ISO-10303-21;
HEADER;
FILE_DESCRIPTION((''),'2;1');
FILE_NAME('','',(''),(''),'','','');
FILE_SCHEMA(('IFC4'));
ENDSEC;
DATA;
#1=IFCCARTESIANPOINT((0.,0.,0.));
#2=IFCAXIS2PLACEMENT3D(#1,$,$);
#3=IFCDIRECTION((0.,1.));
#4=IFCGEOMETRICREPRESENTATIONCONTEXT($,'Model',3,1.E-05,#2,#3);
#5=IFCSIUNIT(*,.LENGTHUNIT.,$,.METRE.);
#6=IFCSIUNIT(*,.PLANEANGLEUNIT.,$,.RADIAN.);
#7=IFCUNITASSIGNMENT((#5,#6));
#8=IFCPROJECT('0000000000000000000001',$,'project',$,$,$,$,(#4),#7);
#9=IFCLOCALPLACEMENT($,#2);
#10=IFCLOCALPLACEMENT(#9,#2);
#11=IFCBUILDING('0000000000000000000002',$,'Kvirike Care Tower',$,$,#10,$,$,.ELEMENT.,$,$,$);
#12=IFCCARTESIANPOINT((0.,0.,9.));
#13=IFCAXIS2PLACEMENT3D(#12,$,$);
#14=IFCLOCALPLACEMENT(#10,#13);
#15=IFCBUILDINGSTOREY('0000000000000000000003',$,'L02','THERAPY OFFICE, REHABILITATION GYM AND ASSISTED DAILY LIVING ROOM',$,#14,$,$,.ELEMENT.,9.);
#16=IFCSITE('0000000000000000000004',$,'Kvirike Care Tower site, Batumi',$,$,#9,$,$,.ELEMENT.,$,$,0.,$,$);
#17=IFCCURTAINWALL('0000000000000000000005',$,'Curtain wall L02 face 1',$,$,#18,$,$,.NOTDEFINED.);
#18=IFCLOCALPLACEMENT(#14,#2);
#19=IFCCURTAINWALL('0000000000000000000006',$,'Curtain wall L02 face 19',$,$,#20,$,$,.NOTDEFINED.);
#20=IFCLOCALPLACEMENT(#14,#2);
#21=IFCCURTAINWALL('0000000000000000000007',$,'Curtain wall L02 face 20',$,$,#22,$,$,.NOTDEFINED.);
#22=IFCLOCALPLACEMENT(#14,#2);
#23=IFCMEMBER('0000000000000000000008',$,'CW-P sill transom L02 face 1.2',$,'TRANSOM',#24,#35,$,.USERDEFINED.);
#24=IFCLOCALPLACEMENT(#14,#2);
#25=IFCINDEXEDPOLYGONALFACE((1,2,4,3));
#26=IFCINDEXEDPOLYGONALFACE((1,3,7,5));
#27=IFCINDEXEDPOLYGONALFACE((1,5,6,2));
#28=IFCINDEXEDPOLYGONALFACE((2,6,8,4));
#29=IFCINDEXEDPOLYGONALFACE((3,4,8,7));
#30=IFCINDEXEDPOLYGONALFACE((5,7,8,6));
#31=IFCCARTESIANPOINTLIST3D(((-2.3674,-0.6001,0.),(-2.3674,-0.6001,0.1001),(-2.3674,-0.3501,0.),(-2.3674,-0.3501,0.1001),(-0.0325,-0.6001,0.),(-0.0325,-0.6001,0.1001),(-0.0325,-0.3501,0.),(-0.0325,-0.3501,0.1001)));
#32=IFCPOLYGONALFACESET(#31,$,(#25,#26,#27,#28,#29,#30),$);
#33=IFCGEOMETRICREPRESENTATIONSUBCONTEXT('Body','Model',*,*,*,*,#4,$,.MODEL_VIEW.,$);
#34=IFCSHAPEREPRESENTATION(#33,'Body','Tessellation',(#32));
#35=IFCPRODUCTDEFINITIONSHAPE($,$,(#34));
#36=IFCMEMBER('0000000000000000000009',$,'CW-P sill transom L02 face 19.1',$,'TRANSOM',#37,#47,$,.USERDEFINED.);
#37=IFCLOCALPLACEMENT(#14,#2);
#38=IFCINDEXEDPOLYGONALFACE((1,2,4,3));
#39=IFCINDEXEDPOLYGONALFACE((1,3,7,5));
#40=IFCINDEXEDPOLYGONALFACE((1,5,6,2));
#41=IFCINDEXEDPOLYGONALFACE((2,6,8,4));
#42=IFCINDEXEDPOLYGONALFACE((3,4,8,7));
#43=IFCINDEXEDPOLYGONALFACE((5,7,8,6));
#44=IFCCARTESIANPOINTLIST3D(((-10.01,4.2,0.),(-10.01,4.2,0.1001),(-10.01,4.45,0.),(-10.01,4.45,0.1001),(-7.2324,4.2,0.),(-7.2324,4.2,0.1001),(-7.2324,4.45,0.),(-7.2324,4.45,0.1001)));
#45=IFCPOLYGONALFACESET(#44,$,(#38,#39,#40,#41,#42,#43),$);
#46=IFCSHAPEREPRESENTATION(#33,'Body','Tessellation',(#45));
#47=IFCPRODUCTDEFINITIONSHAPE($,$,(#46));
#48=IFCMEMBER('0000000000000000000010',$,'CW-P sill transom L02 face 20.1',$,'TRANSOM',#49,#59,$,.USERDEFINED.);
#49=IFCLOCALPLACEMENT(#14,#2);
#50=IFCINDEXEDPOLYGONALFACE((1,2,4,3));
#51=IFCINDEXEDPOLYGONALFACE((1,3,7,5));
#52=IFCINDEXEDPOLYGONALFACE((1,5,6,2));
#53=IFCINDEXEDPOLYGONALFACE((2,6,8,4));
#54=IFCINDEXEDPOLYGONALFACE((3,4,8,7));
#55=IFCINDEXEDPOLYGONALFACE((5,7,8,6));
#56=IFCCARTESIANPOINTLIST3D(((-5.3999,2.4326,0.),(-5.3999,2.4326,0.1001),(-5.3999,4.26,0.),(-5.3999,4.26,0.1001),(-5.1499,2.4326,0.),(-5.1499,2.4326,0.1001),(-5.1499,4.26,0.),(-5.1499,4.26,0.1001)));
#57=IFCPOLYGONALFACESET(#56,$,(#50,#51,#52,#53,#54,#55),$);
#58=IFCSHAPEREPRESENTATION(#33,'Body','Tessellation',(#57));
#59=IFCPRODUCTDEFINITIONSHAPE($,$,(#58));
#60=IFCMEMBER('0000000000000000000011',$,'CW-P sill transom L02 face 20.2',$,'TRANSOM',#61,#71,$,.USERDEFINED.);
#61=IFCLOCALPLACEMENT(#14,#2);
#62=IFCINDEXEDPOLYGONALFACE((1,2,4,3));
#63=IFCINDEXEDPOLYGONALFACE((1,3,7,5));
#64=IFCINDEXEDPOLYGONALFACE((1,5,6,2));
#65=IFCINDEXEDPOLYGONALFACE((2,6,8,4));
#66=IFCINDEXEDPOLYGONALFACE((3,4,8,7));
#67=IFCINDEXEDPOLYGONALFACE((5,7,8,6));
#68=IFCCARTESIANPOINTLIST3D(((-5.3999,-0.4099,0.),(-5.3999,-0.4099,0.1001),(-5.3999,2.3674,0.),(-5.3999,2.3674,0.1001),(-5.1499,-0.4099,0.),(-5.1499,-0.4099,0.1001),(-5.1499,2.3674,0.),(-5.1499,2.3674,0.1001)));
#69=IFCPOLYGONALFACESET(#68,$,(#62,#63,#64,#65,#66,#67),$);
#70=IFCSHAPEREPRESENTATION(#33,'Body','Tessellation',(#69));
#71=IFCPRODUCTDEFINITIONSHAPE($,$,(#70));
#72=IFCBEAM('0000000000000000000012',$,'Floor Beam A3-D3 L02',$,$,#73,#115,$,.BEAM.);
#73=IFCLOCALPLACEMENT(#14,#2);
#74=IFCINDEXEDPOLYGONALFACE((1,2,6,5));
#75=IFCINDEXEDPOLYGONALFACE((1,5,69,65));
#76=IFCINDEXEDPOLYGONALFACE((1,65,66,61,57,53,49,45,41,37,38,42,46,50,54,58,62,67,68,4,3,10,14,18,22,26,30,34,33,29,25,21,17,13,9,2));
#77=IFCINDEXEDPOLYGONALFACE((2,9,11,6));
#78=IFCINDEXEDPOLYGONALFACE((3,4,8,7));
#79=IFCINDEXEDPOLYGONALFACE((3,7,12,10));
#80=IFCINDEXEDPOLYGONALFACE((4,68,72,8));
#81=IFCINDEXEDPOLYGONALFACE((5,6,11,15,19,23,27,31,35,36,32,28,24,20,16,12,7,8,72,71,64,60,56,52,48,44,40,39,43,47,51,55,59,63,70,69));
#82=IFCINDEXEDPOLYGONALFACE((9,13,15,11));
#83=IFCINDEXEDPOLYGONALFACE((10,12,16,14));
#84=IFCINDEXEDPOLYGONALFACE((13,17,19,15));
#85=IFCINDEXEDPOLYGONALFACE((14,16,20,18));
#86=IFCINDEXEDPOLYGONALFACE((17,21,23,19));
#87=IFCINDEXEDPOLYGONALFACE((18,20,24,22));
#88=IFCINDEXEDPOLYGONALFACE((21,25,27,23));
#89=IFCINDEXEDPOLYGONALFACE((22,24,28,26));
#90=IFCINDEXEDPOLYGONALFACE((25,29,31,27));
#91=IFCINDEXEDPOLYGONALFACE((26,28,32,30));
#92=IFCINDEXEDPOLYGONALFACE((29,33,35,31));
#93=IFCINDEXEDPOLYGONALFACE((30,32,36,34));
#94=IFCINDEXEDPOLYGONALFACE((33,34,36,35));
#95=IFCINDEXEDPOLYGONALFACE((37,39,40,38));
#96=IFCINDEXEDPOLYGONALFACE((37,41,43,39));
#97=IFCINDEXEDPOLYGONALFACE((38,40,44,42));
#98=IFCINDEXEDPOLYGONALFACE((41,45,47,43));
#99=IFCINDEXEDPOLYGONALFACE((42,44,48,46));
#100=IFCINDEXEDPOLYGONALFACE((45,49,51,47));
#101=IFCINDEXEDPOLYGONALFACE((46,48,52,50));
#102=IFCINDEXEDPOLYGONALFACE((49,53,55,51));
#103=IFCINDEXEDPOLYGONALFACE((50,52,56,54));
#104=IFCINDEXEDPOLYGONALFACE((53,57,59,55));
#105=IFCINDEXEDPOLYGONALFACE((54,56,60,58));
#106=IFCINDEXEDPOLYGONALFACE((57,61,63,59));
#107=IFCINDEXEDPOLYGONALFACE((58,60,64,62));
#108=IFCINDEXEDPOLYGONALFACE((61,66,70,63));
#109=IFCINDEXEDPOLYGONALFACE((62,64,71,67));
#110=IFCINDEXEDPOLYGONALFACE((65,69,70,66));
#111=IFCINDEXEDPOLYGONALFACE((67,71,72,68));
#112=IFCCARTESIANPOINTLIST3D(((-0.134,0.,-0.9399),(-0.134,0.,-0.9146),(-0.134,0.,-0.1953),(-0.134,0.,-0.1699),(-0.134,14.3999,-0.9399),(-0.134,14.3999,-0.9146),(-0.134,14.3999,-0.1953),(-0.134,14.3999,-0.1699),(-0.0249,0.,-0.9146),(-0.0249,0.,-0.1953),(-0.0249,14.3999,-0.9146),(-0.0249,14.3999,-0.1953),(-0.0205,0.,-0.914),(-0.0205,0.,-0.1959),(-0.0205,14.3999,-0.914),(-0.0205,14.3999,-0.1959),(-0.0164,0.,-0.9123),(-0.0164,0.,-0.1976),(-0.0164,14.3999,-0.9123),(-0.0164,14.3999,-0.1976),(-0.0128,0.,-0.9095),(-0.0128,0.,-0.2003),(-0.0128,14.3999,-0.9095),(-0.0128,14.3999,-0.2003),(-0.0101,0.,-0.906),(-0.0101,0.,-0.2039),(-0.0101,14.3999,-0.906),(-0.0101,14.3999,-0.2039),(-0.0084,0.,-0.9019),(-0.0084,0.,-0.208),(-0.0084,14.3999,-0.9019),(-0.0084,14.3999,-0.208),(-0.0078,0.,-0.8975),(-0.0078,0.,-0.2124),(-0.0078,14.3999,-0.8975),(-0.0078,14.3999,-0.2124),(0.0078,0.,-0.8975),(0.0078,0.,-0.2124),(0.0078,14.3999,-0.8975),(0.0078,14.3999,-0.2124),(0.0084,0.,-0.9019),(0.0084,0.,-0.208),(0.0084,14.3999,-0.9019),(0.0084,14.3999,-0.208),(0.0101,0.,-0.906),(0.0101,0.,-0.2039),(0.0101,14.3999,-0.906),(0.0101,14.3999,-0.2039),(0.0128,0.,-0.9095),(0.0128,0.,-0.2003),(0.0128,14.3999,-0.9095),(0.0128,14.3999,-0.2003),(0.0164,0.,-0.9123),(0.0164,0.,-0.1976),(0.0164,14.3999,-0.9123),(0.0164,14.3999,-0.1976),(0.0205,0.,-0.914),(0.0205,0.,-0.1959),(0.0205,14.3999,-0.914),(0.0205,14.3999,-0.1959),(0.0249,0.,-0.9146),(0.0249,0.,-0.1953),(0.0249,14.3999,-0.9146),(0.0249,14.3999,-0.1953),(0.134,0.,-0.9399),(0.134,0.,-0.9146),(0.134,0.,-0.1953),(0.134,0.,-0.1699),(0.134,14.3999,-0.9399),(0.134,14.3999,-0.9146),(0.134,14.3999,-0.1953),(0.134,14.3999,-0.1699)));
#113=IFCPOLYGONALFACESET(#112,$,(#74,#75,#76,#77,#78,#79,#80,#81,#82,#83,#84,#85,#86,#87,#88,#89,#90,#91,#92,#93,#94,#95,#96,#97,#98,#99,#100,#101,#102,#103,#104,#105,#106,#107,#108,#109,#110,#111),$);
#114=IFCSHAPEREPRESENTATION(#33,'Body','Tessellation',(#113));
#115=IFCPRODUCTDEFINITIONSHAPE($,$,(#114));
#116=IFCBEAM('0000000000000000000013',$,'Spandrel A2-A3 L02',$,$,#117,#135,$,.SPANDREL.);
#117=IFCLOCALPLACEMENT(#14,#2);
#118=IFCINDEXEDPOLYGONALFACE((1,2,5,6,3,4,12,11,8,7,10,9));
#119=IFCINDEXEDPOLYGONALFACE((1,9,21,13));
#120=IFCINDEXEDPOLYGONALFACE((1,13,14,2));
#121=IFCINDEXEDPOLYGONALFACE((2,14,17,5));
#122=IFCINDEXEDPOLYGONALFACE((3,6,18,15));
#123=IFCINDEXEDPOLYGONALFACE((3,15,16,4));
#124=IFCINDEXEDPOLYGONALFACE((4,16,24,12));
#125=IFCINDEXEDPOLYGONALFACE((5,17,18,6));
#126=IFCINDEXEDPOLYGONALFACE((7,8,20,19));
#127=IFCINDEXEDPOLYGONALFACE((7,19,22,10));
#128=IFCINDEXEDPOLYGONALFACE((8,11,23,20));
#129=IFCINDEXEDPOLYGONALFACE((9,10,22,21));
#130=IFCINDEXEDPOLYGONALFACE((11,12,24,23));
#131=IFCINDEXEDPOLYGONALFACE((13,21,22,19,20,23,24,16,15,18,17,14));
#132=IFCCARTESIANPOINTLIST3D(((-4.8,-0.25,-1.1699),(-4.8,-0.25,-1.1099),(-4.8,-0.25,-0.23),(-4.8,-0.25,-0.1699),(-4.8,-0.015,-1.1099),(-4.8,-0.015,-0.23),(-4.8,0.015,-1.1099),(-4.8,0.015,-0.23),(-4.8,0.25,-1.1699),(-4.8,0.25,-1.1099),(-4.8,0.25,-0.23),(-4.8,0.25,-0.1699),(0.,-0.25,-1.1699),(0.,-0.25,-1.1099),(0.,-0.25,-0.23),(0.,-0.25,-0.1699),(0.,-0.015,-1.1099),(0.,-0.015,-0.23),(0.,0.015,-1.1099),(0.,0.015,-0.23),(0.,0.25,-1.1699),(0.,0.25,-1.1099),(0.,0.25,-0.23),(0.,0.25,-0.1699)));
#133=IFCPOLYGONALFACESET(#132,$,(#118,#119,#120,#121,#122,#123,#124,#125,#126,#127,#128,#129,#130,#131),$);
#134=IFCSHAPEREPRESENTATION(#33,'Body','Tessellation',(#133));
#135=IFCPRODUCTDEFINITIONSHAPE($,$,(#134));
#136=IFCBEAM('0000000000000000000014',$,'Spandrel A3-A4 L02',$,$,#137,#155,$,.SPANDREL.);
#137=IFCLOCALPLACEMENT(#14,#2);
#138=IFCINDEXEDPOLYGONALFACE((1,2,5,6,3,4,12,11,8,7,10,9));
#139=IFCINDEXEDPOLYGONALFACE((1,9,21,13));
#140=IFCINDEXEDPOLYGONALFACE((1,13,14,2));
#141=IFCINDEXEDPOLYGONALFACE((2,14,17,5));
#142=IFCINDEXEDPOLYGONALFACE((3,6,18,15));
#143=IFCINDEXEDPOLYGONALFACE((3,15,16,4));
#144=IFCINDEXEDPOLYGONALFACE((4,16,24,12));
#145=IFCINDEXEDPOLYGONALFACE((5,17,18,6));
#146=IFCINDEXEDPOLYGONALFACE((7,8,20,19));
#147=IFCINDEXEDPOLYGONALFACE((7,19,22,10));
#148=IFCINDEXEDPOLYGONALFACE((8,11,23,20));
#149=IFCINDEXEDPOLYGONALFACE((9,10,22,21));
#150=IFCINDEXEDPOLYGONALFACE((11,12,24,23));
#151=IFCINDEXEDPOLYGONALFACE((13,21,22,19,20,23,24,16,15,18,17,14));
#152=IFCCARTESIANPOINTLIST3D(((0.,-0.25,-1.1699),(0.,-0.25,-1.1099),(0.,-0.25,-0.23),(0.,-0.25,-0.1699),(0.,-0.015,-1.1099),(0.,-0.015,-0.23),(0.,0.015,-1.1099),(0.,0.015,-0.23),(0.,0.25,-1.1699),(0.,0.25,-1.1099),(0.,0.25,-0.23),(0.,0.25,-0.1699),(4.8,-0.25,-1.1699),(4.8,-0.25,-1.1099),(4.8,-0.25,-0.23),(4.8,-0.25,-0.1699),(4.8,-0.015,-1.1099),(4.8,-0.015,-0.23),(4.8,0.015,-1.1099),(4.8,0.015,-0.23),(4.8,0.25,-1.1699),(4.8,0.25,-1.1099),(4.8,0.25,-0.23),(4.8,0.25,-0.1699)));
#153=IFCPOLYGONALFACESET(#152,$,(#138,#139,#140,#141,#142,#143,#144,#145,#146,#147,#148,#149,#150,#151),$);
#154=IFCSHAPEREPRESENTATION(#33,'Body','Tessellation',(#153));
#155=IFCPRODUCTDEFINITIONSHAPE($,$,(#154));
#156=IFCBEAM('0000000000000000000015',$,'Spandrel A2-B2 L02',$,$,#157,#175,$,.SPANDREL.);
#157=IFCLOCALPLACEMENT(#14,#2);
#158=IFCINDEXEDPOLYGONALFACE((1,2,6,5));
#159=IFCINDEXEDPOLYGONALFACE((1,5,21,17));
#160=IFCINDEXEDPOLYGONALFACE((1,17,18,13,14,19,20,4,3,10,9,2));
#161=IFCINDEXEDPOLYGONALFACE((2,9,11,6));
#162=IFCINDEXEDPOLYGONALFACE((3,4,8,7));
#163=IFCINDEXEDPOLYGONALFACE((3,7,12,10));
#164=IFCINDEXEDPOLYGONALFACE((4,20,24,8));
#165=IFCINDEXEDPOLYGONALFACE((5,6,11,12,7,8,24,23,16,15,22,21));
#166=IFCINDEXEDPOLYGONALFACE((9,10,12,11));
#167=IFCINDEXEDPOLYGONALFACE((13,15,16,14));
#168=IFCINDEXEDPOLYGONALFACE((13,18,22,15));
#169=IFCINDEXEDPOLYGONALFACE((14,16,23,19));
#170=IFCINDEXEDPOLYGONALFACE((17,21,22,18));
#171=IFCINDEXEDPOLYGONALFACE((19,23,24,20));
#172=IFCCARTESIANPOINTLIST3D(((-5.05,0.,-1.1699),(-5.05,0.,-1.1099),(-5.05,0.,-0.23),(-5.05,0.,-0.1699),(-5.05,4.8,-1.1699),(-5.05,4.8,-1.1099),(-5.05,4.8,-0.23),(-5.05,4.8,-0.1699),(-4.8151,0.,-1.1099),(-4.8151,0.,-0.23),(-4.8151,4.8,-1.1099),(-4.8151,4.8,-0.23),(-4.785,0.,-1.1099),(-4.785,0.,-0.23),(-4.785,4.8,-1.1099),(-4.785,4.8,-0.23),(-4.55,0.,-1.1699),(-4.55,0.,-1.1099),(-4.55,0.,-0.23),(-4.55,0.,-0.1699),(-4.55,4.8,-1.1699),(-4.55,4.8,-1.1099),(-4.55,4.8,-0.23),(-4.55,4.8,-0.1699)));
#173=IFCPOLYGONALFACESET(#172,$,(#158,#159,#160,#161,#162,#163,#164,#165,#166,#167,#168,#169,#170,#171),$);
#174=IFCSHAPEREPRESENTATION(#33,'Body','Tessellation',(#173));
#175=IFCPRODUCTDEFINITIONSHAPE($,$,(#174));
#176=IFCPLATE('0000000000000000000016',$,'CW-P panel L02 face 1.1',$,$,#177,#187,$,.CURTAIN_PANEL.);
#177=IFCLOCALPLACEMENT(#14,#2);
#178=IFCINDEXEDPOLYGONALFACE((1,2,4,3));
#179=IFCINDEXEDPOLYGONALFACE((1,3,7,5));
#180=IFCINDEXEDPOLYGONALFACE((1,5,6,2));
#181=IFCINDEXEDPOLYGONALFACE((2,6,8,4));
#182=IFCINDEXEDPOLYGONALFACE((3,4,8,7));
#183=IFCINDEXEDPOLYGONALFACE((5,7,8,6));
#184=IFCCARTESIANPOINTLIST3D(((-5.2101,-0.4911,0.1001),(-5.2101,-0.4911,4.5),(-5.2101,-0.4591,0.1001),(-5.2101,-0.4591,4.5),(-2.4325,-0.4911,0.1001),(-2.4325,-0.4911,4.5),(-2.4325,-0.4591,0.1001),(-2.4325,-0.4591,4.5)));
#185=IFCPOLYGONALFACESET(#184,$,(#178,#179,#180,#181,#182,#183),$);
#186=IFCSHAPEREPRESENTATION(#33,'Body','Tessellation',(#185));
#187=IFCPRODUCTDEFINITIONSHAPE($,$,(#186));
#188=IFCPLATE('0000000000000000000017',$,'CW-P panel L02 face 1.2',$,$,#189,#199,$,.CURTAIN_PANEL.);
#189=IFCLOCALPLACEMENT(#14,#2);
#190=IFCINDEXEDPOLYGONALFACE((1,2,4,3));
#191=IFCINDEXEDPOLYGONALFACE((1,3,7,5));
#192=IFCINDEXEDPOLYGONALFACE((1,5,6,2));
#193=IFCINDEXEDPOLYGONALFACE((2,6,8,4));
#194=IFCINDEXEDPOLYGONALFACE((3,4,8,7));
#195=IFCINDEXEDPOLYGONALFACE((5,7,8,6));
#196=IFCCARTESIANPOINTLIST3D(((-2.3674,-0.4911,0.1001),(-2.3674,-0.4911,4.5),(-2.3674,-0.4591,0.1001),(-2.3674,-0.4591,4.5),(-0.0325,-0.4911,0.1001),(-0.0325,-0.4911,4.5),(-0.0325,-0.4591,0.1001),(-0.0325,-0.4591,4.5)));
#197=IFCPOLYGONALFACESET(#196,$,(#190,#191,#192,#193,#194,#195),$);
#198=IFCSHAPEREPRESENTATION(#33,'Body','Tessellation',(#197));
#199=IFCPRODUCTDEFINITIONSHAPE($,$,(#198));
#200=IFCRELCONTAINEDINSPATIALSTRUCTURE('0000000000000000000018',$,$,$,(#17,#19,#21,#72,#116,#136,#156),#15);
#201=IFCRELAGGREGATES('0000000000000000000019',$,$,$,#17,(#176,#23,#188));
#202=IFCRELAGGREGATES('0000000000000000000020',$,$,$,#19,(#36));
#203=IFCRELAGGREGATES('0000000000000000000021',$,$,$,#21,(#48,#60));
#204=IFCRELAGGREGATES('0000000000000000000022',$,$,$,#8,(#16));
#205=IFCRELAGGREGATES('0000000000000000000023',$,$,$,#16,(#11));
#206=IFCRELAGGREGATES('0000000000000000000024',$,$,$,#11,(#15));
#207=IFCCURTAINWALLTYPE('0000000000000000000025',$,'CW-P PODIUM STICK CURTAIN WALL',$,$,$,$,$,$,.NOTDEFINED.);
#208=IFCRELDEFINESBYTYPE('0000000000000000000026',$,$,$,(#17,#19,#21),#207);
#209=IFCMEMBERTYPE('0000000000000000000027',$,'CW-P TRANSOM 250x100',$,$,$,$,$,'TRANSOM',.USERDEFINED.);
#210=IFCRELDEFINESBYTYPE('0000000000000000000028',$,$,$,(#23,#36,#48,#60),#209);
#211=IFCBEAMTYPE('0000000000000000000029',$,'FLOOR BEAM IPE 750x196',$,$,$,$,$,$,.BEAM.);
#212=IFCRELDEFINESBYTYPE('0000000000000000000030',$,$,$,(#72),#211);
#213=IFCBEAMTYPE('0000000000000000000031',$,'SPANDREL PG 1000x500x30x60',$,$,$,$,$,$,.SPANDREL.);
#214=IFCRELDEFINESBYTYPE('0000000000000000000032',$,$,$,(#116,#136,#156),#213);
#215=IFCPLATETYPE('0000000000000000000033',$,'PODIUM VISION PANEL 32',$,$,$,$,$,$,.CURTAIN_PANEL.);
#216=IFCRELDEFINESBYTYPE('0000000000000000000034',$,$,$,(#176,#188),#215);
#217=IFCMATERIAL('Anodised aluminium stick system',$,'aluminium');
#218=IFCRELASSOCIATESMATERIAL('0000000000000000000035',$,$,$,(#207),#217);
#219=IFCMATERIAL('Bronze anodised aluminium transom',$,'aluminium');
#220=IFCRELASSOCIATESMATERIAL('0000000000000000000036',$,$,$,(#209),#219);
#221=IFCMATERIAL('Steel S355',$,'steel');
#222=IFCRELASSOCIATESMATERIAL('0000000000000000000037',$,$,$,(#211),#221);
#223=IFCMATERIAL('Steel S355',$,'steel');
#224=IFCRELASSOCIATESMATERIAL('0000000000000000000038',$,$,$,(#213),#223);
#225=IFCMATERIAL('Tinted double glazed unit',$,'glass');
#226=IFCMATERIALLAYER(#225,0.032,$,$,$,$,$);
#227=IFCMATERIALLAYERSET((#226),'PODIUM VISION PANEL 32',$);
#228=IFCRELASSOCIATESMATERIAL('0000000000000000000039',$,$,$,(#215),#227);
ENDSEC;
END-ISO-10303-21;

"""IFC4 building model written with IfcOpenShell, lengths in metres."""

from ifc_helpers import new_model, si_unit, direction, frame, origin, origin_2d, place, context, subcontext, project, spatial, rectangle, i_section, extrude, material, layer, layer_set, material_profile, profile_set, type_object, element, aggregate, save


model = new_model("IFC4")

# Units and contexts
model_context = context("Model", 3, precision=1e-05, world=origin(), true_north=direction((0.0, 1.0)))
body_context = subcontext(model_context, "Body", "Model", "MODEL_VIEW")
ifc_project = project(units=[si_unit("LENGTHUNIT", "METRE"), si_unit("PLANEANGLEUNIT", "RADIAN")], contexts=[model_context])

# Site, building, storey
site_placement = place(None, origin())
site = spatial("IfcSite", under=ifc_project, at=site_placement, Name="Kvirike Care Tower site, Batumi", CompositionType="ELEMENT", RefElevation=0.0)
building_placement = place(site_placement, origin())
building = spatial("IfcBuilding", under=site, at=building_placement, Name="Kvirike Care Tower", CompositionType="ELEMENT")
storey_placement = place(building_placement, frame((0.0, 0.0, 9.0)))
storey = spatial("IfcBuildingStorey", under=building, at=storey_placement, Name="L02", Description="THERAPY OFFICE, REHABILITATION GYM AND ASSISTED DAILY LIVING ROOM", CompositionType="ELEMENT", Elevation=9.0)

# Curtain walls
ifc_material_1 = material(Name="Anodised aluminium stick system", Category="aluminium")
curtain_wall_type = type_object("IfcCurtainWallType", Name="CW-P PODIUM STICK CURTAIN WALL", PredefinedType="NOTDEFINED", material=ifc_material_1)
curtain_wall_1_placement = place(storey_placement, origin())
curtain_wall_1 = element("IfcCurtainWall", 1, at=curtain_wall_1_placement, inside=storey, type_object=curtain_wall_type, Name="Curtain wall L02 face 1", PredefinedType="NOTDEFINED")
curtain_wall_2_placement = place(storey_placement, origin())
curtain_wall_2 = element("IfcCurtainWall", 2, at=curtain_wall_2_placement, inside=storey, type_object=curtain_wall_type, Name="Curtain wall L02 face 19", PredefinedType="NOTDEFINED")
curtain_wall_3_placement = place(storey_placement, origin())
curtain_wall_3 = element("IfcCurtainWall", 3, at=curtain_wall_3_placement, inside=storey, type_object=curtain_wall_type, Name="Curtain wall L02 face 20", PredefinedType="NOTDEFINED")

# Members
ifc_material_2 = material(Name="Bronze anodised aluminium transom", Category="aluminium")
ifc_material_profile_1 = material_profile(ifc_material_2, rectangle(XDim=0.25, YDim=0.1001, at=origin_2d()), Name="CW-P TRANSOM 250x100")
ifc_profile_set_1 = profile_set([ifc_material_profile_1], Name="Bronze anodised aluminium transom")
member_type_1 = type_object("IfcMemberType", Name="CW-P TRANSOM 250x100", ElementType="TRANSOM", PredefinedType="USERDEFINED", material=ifc_profile_set_1)
member_1_placement = place(storey_placement, frame((-2.3674, -0.4751, 0.05), z_axis=(1.0, 0.0, 0.0), x_axis=(0.0, 1.0, 0.0)))
member_1 = element("IfcMember", 4, at=member_1_placement, type_object=member_type_1, Name="CW-P sill transom L02 face 1.2", ObjectType="TRANSOM", PredefinedType="USERDEFINED", context=body_context, shape_type="SweptSolid", body=[
    extrude(rectangle(XDim=0.25, YDim=0.1001, at=origin_2d()), origin(), (0.0, 0.0, 1.0), 2.335),
])
member_2_placement = place(storey_placement, frame((-10.01, 4.325, 0.05), z_axis=(1.0, 0.0, 0.0), x_axis=(0.0, 1.0, 0.0)))
member_2 = element("IfcMember", 5, at=member_2_placement, type_object=member_type_1, Name="CW-P sill transom L02 face 19.1", ObjectType="TRANSOM", PredefinedType="USERDEFINED", context=body_context, shape_type="SweptSolid", body=[
    extrude(rectangle(XDim=0.25, YDim=0.1001, at=origin_2d()), origin(), (0.0, 0.0, 1.0), 2.7776),
])
member_3_placement = place(storey_placement, frame((-5.2749, 4.26, 0.05), z_axis=(0.0, -1.0, 0.0), x_axis=(1.0, 0.0, 0.0)))
member_3 = element("IfcMember", 6, at=member_3_placement, type_object=member_type_1, Name="CW-P sill transom L02 face 20.1", ObjectType="TRANSOM", PredefinedType="USERDEFINED", context=body_context, shape_type="SweptSolid", body=[
    extrude(rectangle(XDim=0.25, YDim=0.1001, at=origin_2d()), origin(), (0.0, 0.0, 1.0), 1.8274),
])
member_4_placement = place(storey_placement, frame((-5.2749, 2.3674, 0.05), z_axis=(0.0, -1.0, 0.0), x_axis=(1.0, 0.0, 0.0)))
member_4 = element("IfcMember", 7, at=member_4_placement, type_object=member_type_1, Name="CW-P sill transom L02 face 20.2", ObjectType="TRANSOM", PredefinedType="USERDEFINED", context=body_context, shape_type="SweptSolid", body=[
    extrude(rectangle(XDim=0.25, YDim=0.1001, at=origin_2d()), origin(), (0.0, 0.0, 1.0), 2.7773),
])

# Beams
ifc_material_3 = material(Name="Steel S355", Category="steel")
ifc_material_profile_2 = material_profile(ifc_material_3, i_section(OverallWidth=0.2681, OverallDepth=0.77, WebThickness=0.0156, FlangeThickness=0.0254, FilletRadius=0.0171, at=origin_2d()), Name="IPE 750x196")
ifc_profile_set_2 = profile_set([ifc_material_profile_2], Name="Steel S355")
beam_type_1 = type_object("IfcBeamType", Name="FLOOR BEAM IPE 750x196", PredefinedType="BEAM", material=ifc_profile_set_2)
beam_placement = place(storey_placement, frame((0.0, 0.0, -0.5549), z_axis=(0.0, 1.0, 0.0), x_axis=(-1.0, 0.0, 0.0)))
element("IfcBeam", 8, at=beam_placement, inside=storey, type_object=beam_type_1, Name="Floor Beam A3-D3 L02", PredefinedType="BEAM", context=body_context, shape_type="SweptSolid", body=[
    extrude(i_section(OverallWidth=0.2681, OverallDepth=0.77, WebThickness=0.0156, FlangeThickness=0.0254, FilletRadius=0.0171, at=origin_2d()), origin(), (0.0, 0.0, 1.0), 14.3999),
])
ifc_material_4 = material(Name="Steel S355", Category="steel")
ifc_material_profile_3 = material_profile(ifc_material_4, i_section(OverallWidth=0.5, OverallDepth=1.0, WebThickness=0.03, FlangeThickness=0.0601, at=origin_2d()), Name="PG 1000x500x30x60")
ifc_profile_set_3 = profile_set([ifc_material_profile_3], Name="Steel S355")
beam_type_2 = type_object("IfcBeamType", Name="SPANDREL PG 1000x500x30x60", PredefinedType="SPANDREL", material=ifc_profile_set_3)
for number, where, z_axis, x_axis, name in (
    (9, (-4.8, 0.0, -0.6699), (1.0, 0.0, 0.0), (0.0, 1.0, 0.0), "Spandrel A2-A3 L02"),
    (10, (0.0, 0.0, -0.6699), (1.0, 0.0, 0.0), (0.0, 1.0, 0.0), "Spandrel A3-A4 L02"),
    (11, (-4.8, 0.0, -0.6699), (0.0, 1.0, 0.0), (-1.0, 0.0, 0.0), "Spandrel A2-B2 L02"),
):
    element("IfcBeam", number, at=place(storey_placement, frame(where, z_axis=z_axis, x_axis=x_axis)), inside=storey, type_object=beam_type_2, Name=name, PredefinedType="SPANDREL", context=body_context, shape_type="SweptSolid", body=[
        extrude(i_section(OverallWidth=0.5, OverallDepth=1.0, WebThickness=0.03, FlangeThickness=0.0601, at=origin_2d()), origin(), (0.0, 0.0, 1.0), 4.8),
    ])

# Plates
ifc_material_5 = material(Name="Tinted double glazed unit", Category="glass")
ifc_layer = layer(ifc_material_5, 0.032)
ifc_layer_set = layer_set([ifc_layer], Name="PODIUM VISION PANEL 32")
plate_type = type_object("IfcPlateType", Name="PODIUM VISION PANEL 32", PredefinedType="CURTAIN_PANEL", material=ifc_layer_set)
plate_1_placement = place(storey_placement, frame((-3.8213, -0.4751, 0.1001), z_axis=(0.0, 0.0, 1.0), x_axis=(1.0, 0.0, 0.0)))
plate_1 = element("IfcPlate", 12, at=plate_1_placement, type_object=plate_type, Name="CW-P panel L02 face 1.1", PredefinedType="CURTAIN_PANEL", context=body_context, shape_type="SweptSolid", body=[
    extrude(rectangle(XDim=2.7776, YDim=0.032, at=origin_2d()), origin(), (0.0, 0.0, 1.0), 4.3999),
])
plate_2_placement = place(storey_placement, frame((-1.2, -0.4751, 0.1001), z_axis=(0.0, 0.0, 1.0), x_axis=(1.0, 0.0, 0.0)))
plate_2 = element("IfcPlate", 13, at=plate_2_placement, type_object=plate_type, Name="CW-P panel L02 face 1.2", PredefinedType="CURTAIN_PANEL", context=body_context, shape_type="SweptSolid", body=[
    extrude(rectangle(XDim=2.335, YDim=0.032, at=origin_2d()), origin(), (0.0, 0.0, 1.0), 4.3999),
])
aggregate(curtain_wall_1, [plate_1, member_1, plate_2])
aggregate(curtain_wall_2, [member_2])
aggregate(curtain_wall_3, [member_3, member_4])

save(model, "model.ifc")
